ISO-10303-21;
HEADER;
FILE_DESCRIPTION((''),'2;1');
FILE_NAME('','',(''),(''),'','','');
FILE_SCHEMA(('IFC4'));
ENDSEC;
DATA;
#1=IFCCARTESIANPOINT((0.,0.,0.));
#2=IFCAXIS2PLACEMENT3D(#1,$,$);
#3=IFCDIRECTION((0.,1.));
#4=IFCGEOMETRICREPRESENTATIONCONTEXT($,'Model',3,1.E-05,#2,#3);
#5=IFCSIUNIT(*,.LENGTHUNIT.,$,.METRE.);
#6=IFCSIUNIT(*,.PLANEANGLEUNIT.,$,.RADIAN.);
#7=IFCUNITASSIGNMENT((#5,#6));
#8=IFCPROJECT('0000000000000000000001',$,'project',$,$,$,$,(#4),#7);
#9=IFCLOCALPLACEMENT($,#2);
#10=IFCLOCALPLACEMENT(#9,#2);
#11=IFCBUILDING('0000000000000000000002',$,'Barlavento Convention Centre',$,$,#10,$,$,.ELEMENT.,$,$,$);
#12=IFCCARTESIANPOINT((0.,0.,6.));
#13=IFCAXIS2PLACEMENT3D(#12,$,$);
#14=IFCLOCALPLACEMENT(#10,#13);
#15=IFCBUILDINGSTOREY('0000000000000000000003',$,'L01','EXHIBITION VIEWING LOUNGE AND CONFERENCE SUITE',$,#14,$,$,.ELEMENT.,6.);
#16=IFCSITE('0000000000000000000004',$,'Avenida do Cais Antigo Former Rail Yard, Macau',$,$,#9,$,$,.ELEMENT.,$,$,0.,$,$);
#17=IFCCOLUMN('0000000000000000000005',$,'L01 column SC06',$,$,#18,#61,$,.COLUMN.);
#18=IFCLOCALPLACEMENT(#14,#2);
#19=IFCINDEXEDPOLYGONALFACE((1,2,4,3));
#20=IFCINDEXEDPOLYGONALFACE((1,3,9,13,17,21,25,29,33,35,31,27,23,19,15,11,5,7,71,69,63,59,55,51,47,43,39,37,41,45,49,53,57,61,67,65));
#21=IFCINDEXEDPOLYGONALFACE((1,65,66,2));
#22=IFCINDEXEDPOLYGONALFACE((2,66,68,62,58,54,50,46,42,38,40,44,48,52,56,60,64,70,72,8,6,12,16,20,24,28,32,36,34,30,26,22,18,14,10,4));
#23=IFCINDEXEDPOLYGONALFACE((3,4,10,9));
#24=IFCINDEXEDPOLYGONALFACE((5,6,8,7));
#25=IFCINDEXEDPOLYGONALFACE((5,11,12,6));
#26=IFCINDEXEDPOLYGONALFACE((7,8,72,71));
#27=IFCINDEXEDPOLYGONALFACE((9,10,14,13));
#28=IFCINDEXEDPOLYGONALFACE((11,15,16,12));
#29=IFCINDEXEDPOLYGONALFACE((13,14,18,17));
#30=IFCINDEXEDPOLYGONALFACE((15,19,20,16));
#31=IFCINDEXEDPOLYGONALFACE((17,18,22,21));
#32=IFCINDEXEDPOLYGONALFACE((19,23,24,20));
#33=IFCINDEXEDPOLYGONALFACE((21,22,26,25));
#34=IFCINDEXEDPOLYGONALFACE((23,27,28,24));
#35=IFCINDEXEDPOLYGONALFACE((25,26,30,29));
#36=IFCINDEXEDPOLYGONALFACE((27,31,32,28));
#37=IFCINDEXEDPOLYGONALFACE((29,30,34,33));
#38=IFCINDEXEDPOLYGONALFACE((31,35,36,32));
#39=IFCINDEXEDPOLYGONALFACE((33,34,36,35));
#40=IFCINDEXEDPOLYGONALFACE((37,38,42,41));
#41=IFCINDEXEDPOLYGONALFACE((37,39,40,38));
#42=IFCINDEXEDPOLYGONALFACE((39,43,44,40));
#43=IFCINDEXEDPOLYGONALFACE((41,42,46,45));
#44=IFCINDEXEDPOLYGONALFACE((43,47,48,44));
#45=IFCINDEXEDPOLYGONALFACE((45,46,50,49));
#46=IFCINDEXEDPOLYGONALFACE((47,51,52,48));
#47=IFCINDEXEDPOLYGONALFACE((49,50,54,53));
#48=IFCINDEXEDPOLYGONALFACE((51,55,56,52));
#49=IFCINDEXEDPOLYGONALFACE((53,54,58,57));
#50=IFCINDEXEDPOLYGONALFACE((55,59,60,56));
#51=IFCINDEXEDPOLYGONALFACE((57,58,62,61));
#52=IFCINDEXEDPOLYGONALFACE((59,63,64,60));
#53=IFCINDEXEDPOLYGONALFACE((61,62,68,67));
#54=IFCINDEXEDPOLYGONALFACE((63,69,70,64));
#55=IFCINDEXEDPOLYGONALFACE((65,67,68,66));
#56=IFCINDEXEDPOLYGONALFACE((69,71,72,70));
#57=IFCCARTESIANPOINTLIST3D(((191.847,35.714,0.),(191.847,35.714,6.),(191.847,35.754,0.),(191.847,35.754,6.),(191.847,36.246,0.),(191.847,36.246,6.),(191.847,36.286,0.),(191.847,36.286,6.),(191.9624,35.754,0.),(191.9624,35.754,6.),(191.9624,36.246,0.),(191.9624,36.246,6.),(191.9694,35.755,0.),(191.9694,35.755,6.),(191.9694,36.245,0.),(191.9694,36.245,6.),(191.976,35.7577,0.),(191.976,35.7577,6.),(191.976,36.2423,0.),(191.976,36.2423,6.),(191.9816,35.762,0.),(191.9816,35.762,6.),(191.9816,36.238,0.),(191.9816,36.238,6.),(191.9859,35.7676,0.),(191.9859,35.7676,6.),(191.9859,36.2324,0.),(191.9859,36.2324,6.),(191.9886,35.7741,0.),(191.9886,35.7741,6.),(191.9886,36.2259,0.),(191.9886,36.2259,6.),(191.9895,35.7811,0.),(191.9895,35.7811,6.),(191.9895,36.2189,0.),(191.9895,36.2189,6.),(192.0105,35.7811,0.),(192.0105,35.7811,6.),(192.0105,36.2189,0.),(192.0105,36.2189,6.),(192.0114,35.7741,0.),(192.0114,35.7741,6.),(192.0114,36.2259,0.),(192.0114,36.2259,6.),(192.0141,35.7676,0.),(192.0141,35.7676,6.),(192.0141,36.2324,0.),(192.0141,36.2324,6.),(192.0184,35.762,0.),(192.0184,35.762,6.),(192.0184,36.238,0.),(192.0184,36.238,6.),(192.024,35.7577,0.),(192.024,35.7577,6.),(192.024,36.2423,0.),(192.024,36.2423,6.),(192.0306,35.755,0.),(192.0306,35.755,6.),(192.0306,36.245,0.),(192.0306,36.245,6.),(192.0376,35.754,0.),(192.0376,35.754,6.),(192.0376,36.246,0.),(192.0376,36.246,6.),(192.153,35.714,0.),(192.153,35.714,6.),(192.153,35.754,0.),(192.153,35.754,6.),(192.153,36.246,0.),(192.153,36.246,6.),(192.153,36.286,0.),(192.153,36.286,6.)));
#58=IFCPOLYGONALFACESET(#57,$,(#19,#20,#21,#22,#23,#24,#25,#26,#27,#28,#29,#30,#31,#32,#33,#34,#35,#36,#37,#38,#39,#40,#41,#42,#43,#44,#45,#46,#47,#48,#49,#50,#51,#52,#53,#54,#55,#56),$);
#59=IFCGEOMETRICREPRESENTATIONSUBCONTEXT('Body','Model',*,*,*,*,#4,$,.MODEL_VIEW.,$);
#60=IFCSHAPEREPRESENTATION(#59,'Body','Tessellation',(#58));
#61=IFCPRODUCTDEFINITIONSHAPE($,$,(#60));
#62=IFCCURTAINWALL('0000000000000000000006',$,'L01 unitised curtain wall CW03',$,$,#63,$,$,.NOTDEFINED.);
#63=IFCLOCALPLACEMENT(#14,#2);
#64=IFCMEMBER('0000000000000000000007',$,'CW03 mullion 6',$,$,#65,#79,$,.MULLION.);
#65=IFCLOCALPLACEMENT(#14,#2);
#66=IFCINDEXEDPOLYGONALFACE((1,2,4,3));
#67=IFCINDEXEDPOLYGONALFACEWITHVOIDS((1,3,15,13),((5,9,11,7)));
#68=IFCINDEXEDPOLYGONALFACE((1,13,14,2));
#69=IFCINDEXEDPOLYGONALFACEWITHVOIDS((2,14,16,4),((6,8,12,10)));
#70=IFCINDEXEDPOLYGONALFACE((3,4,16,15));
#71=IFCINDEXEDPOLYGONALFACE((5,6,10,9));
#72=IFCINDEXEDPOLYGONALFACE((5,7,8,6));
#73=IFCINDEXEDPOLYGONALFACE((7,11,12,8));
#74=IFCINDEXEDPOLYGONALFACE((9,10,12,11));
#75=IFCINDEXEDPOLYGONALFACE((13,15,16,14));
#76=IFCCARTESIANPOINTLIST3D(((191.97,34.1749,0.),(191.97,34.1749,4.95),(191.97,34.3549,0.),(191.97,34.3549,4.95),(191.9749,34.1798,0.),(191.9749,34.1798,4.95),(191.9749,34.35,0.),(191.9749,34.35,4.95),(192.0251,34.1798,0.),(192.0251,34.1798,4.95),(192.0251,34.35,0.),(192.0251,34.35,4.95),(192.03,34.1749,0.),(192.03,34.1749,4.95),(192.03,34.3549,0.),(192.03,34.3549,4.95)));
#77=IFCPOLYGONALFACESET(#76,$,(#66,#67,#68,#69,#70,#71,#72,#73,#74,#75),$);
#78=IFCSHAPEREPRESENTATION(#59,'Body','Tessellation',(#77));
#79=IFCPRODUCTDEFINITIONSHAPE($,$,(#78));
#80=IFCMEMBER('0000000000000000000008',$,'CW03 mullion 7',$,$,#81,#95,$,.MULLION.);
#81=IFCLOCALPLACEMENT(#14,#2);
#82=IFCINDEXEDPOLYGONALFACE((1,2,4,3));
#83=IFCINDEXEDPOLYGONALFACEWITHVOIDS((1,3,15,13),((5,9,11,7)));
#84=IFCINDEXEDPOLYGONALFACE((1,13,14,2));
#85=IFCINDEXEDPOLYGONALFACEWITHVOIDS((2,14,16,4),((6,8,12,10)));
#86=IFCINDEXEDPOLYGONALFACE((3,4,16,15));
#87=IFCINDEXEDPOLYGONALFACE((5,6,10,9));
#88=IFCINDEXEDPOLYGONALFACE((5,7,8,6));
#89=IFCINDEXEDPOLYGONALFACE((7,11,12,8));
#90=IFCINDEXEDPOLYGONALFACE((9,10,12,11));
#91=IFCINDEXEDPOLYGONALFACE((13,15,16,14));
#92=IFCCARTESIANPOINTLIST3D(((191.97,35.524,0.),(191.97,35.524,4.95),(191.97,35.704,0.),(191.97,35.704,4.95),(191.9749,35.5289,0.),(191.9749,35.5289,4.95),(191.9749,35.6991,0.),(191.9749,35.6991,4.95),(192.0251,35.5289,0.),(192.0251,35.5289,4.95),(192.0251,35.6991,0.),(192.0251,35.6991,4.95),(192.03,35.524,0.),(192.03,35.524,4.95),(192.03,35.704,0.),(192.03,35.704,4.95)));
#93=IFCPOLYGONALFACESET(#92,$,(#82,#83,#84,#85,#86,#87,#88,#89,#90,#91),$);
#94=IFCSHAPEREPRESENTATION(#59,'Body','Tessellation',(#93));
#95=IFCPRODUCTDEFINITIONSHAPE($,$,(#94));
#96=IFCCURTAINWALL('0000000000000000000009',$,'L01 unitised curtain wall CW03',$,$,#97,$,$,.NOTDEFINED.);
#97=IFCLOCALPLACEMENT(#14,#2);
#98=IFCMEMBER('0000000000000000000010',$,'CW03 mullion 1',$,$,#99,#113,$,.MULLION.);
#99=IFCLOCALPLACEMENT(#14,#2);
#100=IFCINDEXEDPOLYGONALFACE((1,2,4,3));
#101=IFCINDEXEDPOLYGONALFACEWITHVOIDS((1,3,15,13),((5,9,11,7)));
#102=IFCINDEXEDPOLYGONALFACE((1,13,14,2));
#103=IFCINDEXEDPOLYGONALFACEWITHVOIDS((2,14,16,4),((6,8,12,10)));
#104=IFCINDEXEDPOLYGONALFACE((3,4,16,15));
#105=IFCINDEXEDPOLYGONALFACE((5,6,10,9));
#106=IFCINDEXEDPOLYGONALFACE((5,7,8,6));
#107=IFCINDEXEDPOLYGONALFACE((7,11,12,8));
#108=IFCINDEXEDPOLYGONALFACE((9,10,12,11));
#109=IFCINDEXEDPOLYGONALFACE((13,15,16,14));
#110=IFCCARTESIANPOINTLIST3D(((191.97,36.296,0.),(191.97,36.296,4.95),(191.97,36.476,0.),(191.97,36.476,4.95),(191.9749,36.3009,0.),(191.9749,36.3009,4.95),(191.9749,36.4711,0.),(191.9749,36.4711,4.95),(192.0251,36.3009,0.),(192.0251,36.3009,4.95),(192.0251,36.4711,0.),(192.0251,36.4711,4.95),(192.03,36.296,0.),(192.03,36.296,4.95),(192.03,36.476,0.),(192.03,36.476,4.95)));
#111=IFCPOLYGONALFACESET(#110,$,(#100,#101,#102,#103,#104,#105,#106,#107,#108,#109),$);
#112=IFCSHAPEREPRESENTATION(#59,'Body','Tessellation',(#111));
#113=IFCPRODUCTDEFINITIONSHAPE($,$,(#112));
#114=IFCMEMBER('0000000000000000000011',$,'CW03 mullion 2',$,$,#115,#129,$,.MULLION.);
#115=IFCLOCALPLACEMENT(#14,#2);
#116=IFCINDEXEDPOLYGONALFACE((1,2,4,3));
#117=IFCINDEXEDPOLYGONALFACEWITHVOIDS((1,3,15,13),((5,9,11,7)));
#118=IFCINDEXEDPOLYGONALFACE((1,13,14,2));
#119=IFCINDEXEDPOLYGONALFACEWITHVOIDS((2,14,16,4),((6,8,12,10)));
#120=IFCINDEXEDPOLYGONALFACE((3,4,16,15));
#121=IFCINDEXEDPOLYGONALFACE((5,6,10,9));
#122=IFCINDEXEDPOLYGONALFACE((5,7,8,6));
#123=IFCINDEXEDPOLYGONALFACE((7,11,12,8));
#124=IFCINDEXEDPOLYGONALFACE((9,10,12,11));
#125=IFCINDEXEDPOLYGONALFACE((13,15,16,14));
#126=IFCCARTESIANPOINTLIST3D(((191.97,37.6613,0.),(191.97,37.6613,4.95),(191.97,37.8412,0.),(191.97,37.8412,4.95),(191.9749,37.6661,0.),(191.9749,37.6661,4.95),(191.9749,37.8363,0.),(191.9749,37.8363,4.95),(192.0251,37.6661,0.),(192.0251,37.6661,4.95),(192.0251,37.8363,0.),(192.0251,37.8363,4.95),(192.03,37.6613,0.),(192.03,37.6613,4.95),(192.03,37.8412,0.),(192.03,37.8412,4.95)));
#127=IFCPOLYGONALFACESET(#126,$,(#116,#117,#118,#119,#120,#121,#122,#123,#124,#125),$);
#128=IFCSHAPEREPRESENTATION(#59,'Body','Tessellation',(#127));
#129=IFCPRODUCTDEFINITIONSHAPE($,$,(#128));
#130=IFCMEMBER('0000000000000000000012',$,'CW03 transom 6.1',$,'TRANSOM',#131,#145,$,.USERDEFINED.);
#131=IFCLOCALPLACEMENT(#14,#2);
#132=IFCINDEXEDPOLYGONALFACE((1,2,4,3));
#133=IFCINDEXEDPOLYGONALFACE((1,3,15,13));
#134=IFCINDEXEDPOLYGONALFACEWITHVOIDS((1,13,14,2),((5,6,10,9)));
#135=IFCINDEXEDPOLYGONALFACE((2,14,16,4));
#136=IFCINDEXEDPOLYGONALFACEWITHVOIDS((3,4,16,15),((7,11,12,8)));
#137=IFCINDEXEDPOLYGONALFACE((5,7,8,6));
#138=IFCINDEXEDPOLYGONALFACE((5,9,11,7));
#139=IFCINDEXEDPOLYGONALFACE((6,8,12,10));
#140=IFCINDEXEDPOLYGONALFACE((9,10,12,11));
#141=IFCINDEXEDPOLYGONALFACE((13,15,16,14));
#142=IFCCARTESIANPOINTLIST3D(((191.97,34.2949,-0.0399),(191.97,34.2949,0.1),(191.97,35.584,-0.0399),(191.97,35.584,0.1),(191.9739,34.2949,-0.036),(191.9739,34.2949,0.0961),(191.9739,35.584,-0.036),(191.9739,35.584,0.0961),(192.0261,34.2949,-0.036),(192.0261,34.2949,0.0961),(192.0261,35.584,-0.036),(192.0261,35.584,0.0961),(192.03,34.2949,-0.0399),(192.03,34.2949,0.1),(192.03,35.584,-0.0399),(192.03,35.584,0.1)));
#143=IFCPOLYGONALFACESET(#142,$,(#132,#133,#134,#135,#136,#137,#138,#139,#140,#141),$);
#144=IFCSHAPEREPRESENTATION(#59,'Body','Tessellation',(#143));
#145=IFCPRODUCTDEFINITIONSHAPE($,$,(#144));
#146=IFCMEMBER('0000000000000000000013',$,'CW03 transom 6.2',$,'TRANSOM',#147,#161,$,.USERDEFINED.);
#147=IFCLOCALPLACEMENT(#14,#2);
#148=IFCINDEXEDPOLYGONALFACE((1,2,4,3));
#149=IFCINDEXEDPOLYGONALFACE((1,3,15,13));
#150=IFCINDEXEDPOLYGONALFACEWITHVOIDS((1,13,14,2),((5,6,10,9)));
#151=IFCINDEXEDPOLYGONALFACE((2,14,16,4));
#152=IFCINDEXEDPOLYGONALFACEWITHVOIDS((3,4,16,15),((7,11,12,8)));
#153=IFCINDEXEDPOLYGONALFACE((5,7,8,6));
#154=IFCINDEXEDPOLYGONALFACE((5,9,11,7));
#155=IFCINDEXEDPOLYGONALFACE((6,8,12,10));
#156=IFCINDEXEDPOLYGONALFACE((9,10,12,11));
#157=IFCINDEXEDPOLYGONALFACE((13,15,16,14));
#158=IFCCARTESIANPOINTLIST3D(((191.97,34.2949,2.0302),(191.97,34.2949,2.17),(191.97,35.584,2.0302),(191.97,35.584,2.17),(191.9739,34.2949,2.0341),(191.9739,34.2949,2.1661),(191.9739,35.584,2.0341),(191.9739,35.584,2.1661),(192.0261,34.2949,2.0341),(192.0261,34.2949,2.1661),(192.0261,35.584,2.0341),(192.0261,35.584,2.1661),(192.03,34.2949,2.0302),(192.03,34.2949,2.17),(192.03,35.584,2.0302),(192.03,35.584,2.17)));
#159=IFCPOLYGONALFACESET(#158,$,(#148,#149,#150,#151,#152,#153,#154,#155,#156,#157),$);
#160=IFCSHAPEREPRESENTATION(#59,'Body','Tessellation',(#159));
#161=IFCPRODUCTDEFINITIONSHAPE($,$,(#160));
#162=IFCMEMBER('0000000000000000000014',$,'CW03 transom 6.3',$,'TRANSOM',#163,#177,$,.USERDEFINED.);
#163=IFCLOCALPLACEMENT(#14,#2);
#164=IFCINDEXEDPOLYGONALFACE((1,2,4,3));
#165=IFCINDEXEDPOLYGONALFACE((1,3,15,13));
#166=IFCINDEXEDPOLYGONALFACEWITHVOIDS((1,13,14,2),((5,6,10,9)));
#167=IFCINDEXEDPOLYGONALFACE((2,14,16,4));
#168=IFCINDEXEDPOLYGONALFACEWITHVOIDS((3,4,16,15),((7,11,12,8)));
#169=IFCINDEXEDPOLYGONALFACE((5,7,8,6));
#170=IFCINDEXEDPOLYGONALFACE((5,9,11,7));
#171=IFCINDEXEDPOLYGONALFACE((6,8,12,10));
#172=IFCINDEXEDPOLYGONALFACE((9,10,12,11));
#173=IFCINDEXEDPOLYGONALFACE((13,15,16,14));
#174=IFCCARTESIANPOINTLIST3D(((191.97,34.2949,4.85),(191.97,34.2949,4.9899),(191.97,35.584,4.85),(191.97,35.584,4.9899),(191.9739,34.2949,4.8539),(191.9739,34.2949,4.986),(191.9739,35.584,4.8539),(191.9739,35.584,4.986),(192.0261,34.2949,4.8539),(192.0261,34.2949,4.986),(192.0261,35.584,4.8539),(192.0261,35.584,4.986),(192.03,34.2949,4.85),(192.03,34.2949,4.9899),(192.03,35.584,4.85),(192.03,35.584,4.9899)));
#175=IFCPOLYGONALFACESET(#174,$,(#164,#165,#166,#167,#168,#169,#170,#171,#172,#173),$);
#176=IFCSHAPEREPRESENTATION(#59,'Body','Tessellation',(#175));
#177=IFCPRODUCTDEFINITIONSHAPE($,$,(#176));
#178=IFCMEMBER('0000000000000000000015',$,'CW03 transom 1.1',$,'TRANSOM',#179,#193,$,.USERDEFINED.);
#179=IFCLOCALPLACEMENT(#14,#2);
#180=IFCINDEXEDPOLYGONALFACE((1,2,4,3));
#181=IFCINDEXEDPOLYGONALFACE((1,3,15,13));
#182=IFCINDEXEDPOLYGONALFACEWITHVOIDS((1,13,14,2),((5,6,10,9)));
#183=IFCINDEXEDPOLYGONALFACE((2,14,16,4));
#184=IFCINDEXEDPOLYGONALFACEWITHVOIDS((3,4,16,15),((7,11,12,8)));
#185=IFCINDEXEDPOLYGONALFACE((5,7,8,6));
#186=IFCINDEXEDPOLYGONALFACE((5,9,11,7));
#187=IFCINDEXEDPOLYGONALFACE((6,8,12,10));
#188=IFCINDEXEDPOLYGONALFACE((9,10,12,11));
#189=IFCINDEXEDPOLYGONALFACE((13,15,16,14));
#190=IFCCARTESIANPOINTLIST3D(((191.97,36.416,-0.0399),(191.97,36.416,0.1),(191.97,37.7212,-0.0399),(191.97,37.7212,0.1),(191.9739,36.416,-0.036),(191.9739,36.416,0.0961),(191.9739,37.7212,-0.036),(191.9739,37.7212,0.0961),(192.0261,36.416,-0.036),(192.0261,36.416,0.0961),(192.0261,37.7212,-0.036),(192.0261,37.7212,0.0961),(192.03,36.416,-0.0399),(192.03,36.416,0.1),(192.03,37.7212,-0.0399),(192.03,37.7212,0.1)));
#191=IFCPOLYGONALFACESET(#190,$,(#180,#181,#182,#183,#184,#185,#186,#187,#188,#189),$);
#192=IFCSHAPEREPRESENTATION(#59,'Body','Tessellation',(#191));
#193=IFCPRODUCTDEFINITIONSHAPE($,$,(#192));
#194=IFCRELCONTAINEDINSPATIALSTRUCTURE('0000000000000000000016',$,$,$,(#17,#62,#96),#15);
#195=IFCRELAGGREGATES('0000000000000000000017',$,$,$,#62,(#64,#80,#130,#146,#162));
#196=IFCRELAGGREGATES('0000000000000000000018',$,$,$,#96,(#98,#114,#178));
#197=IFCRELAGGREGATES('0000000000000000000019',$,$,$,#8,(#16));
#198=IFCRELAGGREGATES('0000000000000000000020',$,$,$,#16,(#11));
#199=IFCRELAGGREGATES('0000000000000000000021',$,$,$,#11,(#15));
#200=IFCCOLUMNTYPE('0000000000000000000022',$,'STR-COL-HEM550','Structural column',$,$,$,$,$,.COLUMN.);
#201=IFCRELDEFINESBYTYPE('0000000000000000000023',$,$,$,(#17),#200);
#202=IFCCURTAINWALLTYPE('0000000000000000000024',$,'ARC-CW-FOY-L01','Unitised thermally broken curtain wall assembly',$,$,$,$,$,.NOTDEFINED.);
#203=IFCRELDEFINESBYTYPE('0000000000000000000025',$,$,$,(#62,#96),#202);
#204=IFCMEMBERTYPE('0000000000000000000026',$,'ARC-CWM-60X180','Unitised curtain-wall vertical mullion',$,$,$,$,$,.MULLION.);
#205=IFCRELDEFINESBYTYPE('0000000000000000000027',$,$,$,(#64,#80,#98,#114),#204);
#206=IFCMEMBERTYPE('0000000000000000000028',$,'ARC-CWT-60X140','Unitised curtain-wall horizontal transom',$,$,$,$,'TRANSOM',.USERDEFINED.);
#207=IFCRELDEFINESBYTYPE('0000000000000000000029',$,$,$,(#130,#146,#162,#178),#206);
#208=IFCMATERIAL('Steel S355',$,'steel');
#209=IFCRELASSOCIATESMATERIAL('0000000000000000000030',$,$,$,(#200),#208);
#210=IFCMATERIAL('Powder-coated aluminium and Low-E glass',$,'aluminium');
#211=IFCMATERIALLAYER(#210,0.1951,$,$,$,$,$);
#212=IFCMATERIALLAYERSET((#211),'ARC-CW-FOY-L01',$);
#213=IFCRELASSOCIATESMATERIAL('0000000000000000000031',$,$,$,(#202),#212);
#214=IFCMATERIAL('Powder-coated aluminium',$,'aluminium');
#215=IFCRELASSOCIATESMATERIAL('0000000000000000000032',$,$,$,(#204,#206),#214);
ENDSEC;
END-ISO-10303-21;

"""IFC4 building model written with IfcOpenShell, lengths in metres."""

from ifc_helpers import new_model, si_unit, direction, frame, origin, origin_2d, place, context, subcontext, project, spatial, hollow_rectangle, i_section, extrude, material, layer, layer_set, material_profile, profile_set, type_object, element, aggregate, save


model = new_model("IFC4")

# Units and contexts
model_context = context("Model", 3, precision=1e-05, world=origin(), true_north=direction((0.0, 1.0)))
body_context = subcontext(model_context, "Body", "Model", "MODEL_VIEW")
ifc_project = project(units=[si_unit("LENGTHUNIT", "METRE"), si_unit("PLANEANGLEUNIT", "RADIAN")], contexts=[model_context])

# Site, building, storey
site_placement = place(None, origin())
site = spatial("IfcSite", under=ifc_project, at=site_placement, Name="Avenida do Cais Antigo Former Rail Yard, Macau", CompositionType="ELEMENT", RefElevation=0.0)
building_placement = place(site_placement, origin())
building = spatial("IfcBuilding", under=site, at=building_placement, Name="Barlavento Convention Centre", CompositionType="ELEMENT")
storey_placement = place(building_placement, frame((0.0, 0.0, 6.0)))
storey = spatial("IfcBuildingStorey", under=building, at=storey_placement, Name="L01", Description="EXHIBITION VIEWING LOUNGE AND CONFERENCE SUITE", CompositionType="ELEMENT", Elevation=6.0)

# Column
ifc_material_1 = material(Name="Steel S355", Category="steel")
ifc_material_profile_1 = material_profile(ifc_material_1, i_section(OverallWidth=0.3059, OverallDepth=0.572, WebThickness=0.021, FlangeThickness=0.04, FilletRadius=0.0271, at=origin_2d()), Name="HEM 550")
ifc_profile_set_1 = profile_set([ifc_material_profile_1], Name="Steel S355")
column_type = type_object("IfcColumnType", Name="STR-COL-HEM550", Description="Structural column", PredefinedType="COLUMN", material=ifc_profile_set_1)
column_placement = place(storey_placement, frame((192.0, 36.0, 0.0), z_axis=(0.0, 0.0, 1.0), x_axis=(1.0, 0.0, 0.0)))
element("IfcColumn", 1, at=column_placement, inside=storey, type_object=column_type, Name="L01 column SC06", PredefinedType="COLUMN", context=body_context, shape_type="SweptSolid", body=[
    extrude(i_section(OverallWidth=0.3059, OverallDepth=0.572, WebThickness=0.021, FlangeThickness=0.04, FilletRadius=0.0271, at=origin_2d()), origin(), (0.0, 0.0, 1.0), 6.0),
])

# Curtain walls, members
ifc_material_2 = material(Name="Powder-coated aluminium and Low-E glass", Category="aluminium")
ifc_layer_1 = layer(ifc_material_2, 0.1951)
ifc_layer_set_1 = layer_set([ifc_layer_1], Name="ARC-CW-FOY-L01")
curtain_wall_type = type_object("IfcCurtainWallType", Name="ARC-CW-FOY-L01", Description="Unitised thermally broken curtain wall assembly", PredefinedType="NOTDEFINED", material=ifc_layer_set_1)
curtain_wall_1_placement = place(storey_placement, origin())
curtain_wall_1 = element("IfcCurtainWall", 2, at=curtain_wall_1_placement, inside=storey, type_object=curtain_wall_type, Name="L01 unitised curtain wall CW03", PredefinedType="NOTDEFINED")
ifc_material_3 = material(Name="Powder-coated aluminium", Category="aluminium")
ifc_material_profile_2 = material_profile(ifc_material_3, hollow_rectangle(XDim=0.0601, YDim=0.1799, WallThickness=0.0049, at=origin_2d()), Name="AL-MULL 60x180x5")
ifc_profile_set_2 = profile_set([ifc_material_profile_2], Name="Powder-coated aluminium")
member_type_1 = type_object("IfcMemberType", Name="ARC-CWM-60X180", Description="Unitised curtain-wall vertical mullion", PredefinedType="MULLION", material=ifc_profile_set_2)
member_1_placement = place(storey_placement, frame((192.0, 34.2649, 0.0), z_axis=(0.0, 0.0, 1.0), x_axis=(-1.0, 0.0, 0.0)))
member_1 = element("IfcMember", 3, at=member_1_placement, type_object=member_type_1, Name="CW03 mullion 6", PredefinedType="MULLION", context=body_context, shape_type="SweptSolid", body=[
    extrude(hollow_rectangle(XDim=0.0601, YDim=0.1799, WallThickness=0.0049, at=origin_2d()), origin(), (0.0, 0.0, 1.0), 4.95),
])
member_2_placement = place(storey_placement, frame((192.0, 35.614, 0.0), z_axis=(0.0, 0.0, 1.0), x_axis=(-1.0, 0.0, 0.0)))
member_2 = element("IfcMember", 4, at=member_2_placement, type_object=member_type_1, Name="CW03 mullion 7", PredefinedType="MULLION", context=body_context, shape_type="SweptSolid", body=[
    extrude(hollow_rectangle(XDim=0.0601, YDim=0.1799, WallThickness=0.0049, at=origin_2d()), origin(), (0.0, 0.0, 1.0), 4.95),
])
curtain_wall_2_placement = place(storey_placement, origin())
curtain_wall_2 = element("IfcCurtainWall", 5, at=curtain_wall_2_placement, inside=storey, type_object=curtain_wall_type, Name="L01 unitised curtain wall CW03", PredefinedType="NOTDEFINED")
member_3_placement = place(storey_placement, frame((192.0, 36.386, 0.0), z_axis=(0.0, 0.0, 1.0), x_axis=(-1.0, 0.0, 0.0)))
member_3 = element("IfcMember", 6, at=member_3_placement, type_object=member_type_1, Name="CW03 mullion 1", PredefinedType="MULLION", context=body_context, shape_type="SweptSolid", body=[
    extrude(hollow_rectangle(XDim=0.0601, YDim=0.1799, WallThickness=0.0049, at=origin_2d()), origin(), (0.0, 0.0, 1.0), 4.95),
])
member_4_placement = place(storey_placement, frame((192.0, 37.7512, 0.0), z_axis=(0.0, 0.0, 1.0), x_axis=(-1.0, 0.0, 0.0)))
member_4 = element("IfcMember", 7, at=member_4_placement, type_object=member_type_1, Name="CW03 mullion 2", PredefinedType="MULLION", context=body_context, shape_type="SweptSolid", body=[
    extrude(hollow_rectangle(XDim=0.0601, YDim=0.1799, WallThickness=0.0049, at=origin_2d()), origin(), (0.0, 0.0, 1.0), 4.95),
])

# Members
ifc_material_profile_3 = material_profile(ifc_material_3, hollow_rectangle(XDim=0.0601, YDim=0.1399, WallThickness=0.0039, at=origin_2d()), Name="AL-TRAN 60x140x4")
ifc_profile_set_3 = profile_set([ifc_material_profile_3], Name="Powder-coated aluminium")
member_type_2 = type_object("IfcMemberType", Name="ARC-CWT-60X140", Description="Unitised curtain-wall horizontal transom", ElementType="TRANSOM", PredefinedType="USERDEFINED", material=ifc_profile_set_3)
member_5_placement = place(storey_placement, frame((192.0, 34.2949, 0.03), z_axis=(0.0, 1.0, 0.0), x_axis=(-1.0, 0.0, 0.0)))
member_5 = element("IfcMember", 8, at=member_5_placement, type_object=member_type_2, Name="CW03 transom 6.1", ObjectType="TRANSOM", PredefinedType="USERDEFINED", context=body_context, shape_type="SweptSolid", body=[
    extrude(hollow_rectangle(XDim=0.0601, YDim=0.1399, WallThickness=0.0039, at=origin_2d()), origin(), (0.0, 0.0, 1.0), 1.2891),
])
member_6_placement = place(storey_placement, frame((192.0, 34.2949, 2.1001), z_axis=(0.0, 1.0, 0.0), x_axis=(-1.0, 0.0, 0.0)))
member_6 = element("IfcMember", 9, at=member_6_placement, type_object=member_type_2, Name="CW03 transom 6.2", ObjectType="TRANSOM", PredefinedType="USERDEFINED", context=body_context, shape_type="SweptSolid", body=[
    extrude(hollow_rectangle(XDim=0.0601, YDim=0.1399, WallThickness=0.0039, at=origin_2d()), origin(), (0.0, 0.0, 1.0), 1.2891),
])
member_7_placement = place(storey_placement, frame((192.0, 34.2949, 4.9199), z_axis=(0.0, 1.0, 0.0), x_axis=(-1.0, 0.0, 0.0)))
member_7 = element("IfcMember", 10, at=member_7_placement, type_object=member_type_2, Name="CW03 transom 6.3", ObjectType="TRANSOM", PredefinedType="USERDEFINED", context=body_context, shape_type="SweptSolid", body=[
    extrude(hollow_rectangle(XDim=0.0601, YDim=0.1399, WallThickness=0.0039, at=origin_2d()), origin(), (0.0, 0.0, 1.0), 1.2891),
])
member_8_placement = place(storey_placement, frame((192.0, 36.416, 0.03), z_axis=(0.0, 1.0, 0.0), x_axis=(-1.0, 0.0, 0.0)))
member_8 = element("IfcMember", 11, at=member_8_placement, type_object=member_type_2, Name="CW03 transom 1.1", ObjectType="TRANSOM", PredefinedType="USERDEFINED", context=body_context, shape_type="SweptSolid", body=[
    extrude(hollow_rectangle(XDim=0.0601, YDim=0.1399, WallThickness=0.0039, at=origin_2d()), origin(), (0.0, 0.0, 1.0), 1.3052),
])

aggregate(curtain_wall_1, [member_1, member_2, member_5, member_6, member_7])
aggregate(curtain_wall_2, [member_3, member_4, member_8])

save(model, "model.ifc")
